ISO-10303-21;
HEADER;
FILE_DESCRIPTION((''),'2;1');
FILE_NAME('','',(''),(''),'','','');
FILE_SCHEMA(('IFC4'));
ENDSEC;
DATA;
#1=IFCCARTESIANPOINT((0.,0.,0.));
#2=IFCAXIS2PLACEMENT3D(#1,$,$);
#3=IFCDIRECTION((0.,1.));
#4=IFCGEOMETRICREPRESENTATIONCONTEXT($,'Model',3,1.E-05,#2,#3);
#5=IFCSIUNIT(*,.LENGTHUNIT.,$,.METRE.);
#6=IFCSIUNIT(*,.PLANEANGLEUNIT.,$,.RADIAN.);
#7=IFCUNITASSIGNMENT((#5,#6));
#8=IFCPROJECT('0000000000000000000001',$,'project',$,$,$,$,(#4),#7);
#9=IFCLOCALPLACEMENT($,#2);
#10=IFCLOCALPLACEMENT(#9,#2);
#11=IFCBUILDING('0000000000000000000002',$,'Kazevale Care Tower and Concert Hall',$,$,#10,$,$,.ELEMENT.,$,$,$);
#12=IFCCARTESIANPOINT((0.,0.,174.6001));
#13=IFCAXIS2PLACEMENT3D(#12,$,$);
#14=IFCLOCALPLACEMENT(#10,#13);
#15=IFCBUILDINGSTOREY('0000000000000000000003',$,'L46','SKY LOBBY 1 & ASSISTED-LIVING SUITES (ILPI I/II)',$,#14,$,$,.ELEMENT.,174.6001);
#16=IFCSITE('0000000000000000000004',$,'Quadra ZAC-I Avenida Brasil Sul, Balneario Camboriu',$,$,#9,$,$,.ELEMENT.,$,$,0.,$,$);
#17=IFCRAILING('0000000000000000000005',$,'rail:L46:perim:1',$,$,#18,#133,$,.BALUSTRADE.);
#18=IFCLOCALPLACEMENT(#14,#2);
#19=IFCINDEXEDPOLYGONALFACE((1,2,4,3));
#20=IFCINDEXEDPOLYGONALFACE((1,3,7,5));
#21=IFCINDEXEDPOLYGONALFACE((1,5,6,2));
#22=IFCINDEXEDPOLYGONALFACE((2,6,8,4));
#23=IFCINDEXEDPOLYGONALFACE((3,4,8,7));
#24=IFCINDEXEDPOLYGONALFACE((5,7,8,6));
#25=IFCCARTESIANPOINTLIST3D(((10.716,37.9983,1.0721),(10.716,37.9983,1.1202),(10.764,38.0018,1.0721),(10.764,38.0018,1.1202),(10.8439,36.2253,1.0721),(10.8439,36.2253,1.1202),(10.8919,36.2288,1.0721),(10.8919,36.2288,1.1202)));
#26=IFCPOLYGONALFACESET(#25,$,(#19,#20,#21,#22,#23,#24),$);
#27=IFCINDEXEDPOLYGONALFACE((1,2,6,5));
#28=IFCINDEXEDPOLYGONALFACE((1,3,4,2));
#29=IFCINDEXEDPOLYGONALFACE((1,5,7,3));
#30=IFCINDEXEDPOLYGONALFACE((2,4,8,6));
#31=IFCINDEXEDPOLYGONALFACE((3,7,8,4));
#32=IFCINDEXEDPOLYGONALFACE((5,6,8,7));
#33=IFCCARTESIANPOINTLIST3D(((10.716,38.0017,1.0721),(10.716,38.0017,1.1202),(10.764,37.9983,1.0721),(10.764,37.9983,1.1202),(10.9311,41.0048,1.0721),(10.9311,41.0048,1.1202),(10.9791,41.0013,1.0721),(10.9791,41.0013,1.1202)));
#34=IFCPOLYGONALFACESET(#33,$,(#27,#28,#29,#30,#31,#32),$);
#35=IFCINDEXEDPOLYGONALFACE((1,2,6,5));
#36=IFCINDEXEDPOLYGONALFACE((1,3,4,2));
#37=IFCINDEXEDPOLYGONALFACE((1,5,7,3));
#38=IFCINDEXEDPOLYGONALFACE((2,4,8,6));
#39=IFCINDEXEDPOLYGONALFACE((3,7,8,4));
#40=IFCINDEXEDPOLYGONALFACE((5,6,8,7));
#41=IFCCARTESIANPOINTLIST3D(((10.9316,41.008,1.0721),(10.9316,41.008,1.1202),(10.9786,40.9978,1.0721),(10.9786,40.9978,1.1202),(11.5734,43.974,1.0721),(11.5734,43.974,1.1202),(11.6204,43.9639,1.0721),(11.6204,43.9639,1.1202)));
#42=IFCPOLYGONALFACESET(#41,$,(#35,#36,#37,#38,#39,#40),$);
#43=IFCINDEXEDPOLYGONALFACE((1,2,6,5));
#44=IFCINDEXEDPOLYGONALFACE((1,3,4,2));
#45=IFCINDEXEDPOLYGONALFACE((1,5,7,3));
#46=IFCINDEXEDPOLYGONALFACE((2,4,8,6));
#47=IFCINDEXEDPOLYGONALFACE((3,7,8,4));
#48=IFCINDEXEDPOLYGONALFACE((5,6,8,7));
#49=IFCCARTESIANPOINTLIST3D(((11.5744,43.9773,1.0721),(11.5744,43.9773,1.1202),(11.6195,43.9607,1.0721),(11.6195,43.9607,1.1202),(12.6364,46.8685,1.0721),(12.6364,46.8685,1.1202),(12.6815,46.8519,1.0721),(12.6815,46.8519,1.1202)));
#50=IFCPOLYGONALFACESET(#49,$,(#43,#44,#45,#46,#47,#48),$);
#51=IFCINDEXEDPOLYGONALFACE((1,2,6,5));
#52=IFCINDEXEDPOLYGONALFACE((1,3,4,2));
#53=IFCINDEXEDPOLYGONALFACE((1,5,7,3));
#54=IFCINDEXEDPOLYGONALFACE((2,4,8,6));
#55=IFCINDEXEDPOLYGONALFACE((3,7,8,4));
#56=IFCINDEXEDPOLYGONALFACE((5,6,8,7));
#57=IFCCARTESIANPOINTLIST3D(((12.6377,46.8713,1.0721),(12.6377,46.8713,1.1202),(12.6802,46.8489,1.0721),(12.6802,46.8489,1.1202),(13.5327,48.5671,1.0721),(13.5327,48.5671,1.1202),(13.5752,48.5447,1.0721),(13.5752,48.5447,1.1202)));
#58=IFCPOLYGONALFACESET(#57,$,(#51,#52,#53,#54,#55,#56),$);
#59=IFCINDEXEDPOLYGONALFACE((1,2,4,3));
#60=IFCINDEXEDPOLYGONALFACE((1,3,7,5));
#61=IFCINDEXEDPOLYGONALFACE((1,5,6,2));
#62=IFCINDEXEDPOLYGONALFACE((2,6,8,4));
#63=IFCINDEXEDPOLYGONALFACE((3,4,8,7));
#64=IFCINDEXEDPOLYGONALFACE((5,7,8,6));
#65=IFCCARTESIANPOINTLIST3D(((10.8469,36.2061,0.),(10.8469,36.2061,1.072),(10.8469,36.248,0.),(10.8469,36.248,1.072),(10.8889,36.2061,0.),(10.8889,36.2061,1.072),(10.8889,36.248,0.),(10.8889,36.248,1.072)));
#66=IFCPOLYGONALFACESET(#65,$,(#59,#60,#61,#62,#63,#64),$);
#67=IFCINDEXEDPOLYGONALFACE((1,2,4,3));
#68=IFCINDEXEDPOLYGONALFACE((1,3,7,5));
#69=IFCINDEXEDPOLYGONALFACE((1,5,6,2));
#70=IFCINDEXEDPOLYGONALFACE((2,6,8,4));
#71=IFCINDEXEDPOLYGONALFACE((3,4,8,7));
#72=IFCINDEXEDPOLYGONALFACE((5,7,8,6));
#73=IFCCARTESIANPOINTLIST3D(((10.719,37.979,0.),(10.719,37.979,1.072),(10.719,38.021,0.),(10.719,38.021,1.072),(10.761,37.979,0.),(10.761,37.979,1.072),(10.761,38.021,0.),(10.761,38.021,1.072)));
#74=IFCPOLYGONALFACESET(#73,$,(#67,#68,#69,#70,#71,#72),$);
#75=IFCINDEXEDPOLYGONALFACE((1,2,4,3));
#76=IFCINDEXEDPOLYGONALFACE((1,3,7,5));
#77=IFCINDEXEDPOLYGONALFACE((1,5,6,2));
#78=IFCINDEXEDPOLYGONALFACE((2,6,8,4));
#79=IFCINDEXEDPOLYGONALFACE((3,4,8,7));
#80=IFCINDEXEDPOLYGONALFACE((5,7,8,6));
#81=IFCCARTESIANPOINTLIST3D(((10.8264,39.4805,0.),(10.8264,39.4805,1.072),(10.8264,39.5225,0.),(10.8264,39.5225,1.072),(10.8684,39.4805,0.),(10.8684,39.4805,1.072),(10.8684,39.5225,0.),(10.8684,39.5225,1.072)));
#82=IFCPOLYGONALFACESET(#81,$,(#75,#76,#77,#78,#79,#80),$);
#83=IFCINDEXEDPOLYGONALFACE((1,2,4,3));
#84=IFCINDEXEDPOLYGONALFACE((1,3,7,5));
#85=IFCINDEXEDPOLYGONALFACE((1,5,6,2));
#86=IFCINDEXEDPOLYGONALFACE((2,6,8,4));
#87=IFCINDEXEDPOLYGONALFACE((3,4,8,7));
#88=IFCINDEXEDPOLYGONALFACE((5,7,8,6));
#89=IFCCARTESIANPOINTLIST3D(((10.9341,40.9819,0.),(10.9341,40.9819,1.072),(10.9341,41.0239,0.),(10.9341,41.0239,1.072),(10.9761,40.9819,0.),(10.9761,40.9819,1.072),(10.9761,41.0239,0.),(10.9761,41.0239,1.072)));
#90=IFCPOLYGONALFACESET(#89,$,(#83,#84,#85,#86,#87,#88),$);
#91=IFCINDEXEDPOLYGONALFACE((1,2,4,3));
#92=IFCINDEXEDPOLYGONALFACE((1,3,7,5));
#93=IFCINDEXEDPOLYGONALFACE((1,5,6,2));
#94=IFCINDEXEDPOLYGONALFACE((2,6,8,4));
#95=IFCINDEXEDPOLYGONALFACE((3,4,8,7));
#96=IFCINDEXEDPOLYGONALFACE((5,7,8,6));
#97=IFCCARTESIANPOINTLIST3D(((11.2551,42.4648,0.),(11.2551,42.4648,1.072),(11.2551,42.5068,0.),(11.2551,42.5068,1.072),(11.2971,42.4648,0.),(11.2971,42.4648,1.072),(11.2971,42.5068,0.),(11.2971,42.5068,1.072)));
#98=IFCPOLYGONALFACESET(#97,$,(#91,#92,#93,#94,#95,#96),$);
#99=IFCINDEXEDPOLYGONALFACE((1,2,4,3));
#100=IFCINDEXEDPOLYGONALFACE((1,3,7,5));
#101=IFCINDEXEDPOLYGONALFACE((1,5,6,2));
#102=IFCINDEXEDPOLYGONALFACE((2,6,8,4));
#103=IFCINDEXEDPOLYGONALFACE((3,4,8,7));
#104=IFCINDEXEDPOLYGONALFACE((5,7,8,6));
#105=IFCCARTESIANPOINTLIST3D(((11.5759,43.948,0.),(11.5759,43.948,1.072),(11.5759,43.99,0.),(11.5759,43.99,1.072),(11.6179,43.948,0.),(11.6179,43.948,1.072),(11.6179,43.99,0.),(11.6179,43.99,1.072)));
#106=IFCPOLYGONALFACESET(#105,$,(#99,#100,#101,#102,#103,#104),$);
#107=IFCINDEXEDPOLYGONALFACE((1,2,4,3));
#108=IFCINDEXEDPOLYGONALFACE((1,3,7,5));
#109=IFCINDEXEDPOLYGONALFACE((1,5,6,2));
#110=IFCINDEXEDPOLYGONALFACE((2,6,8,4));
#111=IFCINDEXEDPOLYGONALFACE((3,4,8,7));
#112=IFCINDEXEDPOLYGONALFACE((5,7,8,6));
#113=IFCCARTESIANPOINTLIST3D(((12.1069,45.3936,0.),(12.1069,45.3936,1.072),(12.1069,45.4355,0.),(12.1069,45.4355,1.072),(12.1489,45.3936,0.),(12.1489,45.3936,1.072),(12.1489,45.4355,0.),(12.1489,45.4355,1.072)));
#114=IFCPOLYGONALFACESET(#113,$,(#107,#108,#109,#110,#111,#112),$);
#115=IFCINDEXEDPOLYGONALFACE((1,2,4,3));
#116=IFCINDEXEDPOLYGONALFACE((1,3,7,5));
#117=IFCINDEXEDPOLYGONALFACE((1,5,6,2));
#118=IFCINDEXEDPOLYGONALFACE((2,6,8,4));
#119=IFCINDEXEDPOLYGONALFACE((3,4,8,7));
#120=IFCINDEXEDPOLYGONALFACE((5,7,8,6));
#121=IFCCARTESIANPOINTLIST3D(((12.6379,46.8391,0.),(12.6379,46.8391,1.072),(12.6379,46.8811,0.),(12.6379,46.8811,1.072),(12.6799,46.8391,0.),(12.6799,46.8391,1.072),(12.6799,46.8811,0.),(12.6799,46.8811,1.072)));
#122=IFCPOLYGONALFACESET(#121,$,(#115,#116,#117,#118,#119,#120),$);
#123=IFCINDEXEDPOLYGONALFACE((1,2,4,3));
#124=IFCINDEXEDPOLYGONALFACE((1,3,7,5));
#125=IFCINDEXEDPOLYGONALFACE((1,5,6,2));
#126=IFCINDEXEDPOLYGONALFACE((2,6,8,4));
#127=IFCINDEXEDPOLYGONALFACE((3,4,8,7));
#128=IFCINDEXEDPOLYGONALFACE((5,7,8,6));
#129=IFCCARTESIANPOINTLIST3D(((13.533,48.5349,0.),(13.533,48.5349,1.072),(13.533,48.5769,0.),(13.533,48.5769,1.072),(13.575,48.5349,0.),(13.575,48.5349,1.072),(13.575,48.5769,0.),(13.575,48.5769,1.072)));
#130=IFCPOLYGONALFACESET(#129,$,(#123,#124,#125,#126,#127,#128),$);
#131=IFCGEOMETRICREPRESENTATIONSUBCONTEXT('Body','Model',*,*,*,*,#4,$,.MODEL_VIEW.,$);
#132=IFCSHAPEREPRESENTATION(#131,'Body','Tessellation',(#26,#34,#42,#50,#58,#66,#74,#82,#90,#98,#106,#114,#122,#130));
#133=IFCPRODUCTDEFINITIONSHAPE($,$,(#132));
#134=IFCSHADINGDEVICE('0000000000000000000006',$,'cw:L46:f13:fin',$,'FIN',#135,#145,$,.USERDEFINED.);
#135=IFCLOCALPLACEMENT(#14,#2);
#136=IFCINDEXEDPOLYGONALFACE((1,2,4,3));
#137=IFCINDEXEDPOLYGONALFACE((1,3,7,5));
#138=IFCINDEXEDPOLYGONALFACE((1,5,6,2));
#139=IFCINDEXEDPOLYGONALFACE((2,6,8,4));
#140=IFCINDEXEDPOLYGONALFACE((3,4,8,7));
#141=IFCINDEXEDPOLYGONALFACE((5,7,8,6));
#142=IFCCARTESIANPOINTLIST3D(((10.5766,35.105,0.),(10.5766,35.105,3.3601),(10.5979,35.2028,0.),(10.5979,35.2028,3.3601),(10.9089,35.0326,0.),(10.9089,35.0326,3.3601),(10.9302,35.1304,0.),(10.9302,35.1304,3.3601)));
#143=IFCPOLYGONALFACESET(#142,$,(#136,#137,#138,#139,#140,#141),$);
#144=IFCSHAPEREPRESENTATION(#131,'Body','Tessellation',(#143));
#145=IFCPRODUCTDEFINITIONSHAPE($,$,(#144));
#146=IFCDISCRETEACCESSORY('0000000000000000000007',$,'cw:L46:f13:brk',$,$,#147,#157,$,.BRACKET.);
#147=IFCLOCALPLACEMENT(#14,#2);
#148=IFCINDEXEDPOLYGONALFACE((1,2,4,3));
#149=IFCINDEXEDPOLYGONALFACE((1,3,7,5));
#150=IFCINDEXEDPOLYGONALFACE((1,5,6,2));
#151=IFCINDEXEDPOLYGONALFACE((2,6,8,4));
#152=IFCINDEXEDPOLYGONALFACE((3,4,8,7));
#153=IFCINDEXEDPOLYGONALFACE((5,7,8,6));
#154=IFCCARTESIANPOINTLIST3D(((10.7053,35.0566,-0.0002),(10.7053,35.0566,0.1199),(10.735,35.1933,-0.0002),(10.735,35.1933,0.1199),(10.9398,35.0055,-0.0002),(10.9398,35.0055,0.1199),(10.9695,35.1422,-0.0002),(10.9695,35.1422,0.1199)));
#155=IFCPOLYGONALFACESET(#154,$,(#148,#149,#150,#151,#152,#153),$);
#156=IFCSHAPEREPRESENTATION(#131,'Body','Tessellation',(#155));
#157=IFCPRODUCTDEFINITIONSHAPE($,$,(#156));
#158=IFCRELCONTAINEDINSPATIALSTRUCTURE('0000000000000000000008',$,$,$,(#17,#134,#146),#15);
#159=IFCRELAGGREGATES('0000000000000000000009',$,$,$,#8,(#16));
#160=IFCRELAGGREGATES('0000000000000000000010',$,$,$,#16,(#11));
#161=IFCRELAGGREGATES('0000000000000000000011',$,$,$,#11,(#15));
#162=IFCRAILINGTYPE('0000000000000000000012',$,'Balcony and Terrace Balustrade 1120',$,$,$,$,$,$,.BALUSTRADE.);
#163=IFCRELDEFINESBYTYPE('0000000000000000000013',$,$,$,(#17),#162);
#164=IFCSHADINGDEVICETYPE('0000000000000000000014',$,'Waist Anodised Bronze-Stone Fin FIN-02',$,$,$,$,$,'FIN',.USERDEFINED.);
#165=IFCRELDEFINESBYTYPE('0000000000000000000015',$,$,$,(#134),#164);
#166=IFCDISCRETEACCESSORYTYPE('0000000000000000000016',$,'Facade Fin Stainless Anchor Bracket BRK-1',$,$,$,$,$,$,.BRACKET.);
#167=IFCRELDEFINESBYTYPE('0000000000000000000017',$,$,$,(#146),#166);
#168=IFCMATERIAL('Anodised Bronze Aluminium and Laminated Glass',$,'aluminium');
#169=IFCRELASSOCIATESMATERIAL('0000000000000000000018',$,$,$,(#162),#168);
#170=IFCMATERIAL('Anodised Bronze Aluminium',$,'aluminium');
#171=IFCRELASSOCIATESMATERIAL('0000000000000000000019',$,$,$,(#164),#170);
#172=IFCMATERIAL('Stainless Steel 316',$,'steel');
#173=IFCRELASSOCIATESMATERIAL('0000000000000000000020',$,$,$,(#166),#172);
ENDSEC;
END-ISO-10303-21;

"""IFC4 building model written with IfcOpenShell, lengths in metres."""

from ifc_helpers import new_model, si_unit, direction, frame, origin, origin_2d, place, context, subcontext, project, spatial, rectangle, extrude, material, type_object, element, save


model = new_model("IFC4")

# Units and contexts
model_context = context("Model", 3, precision=1e-05, world=origin(), true_north=direction((0.0, 1.0)))
body_context = subcontext(model_context, "Body", "Model", "MODEL_VIEW")
ifc_project = project(units=[si_unit("LENGTHUNIT", "METRE"), si_unit("PLANEANGLEUNIT", "RADIAN")], contexts=[model_context])

# Site, building, storey
site_placement = place(None, origin())
site = spatial("IfcSite", under=ifc_project, at=site_placement, Name="Quadra ZAC-I Avenida Brasil Sul, Balneario Camboriu", CompositionType="ELEMENT", RefElevation=0.0)
building_placement = place(site_placement, origin())
building = spatial("IfcBuilding", under=site, at=building_placement, Name="Kazevale Care Tower and Concert Hall", CompositionType="ELEMENT")
storey_placement = place(building_placement, frame((0.0, 0.0, 174.6001)))
storey = spatial("IfcBuildingStorey", under=building, at=storey_placement, Name="L46", Description="SKY LOBBY 1 & ASSISTED-LIVING SUITES (ILPI I/II)", CompositionType="ELEMENT", Elevation=174.6001)

# Railing
ifc_material_1 = material(Name="Anodised Bronze Aluminium and Laminated Glass", Category="aluminium")
railing_type = type_object("IfcRailingType", Name="Balcony and Terrace Balustrade 1120", PredefinedType="BALUSTRADE", material=ifc_material_1)
railing_placement = place(storey_placement, frame((10.8679, 36.2271, 0.0)))
element("IfcRailing", 1, at=railing_placement, inside=storey, type_object=railing_type, Name="rail:L46:perim:1", PredefinedType="BALUSTRADE", context=body_context, shape_type="SweptSolid", body=[
    extrude(rectangle(XDim=0.0481, YDim=0.0481, at=origin_2d()), frame((0.0, 0.0, 1.0962), z_axis=(-0.071969, 0.997407, 0.0), x_axis=(-0.997407, -0.071969, 0.0)), (0.0, 0.0, 1.0), 1.7776),
    extrude(rectangle(XDim=0.0481, YDim=0.0481, at=origin_2d()), frame((-0.1279, 1.7729, 1.0962), z_axis=(0.071443, 0.997445, 0.0), x_axis=(-0.997445, 0.071443, 0.0)), (0.0, 0.0, 1.0), 3.0107),
    extrude(rectangle(XDim=0.0481, YDim=0.0481, at=origin_2d()), frame((0.0872, 4.7759, 1.0962), z_axis=(0.211501, 0.977378, 0.0), x_axis=(-0.977378, 0.211501, 0.0)), (0.0, 0.0, 1.0), 3.0347),
    extrude(rectangle(XDim=0.0481, YDim=0.0481, at=origin_2d()), frame((0.729, 7.7419, 1.0962), z_axis=(0.344809, 0.938673, 0.0), x_axis=(-0.938673, 0.344809, 0.0)), (0.0, 0.0, 1.0), 3.0801),
    extrude(rectangle(XDim=0.0481, YDim=0.0481, at=origin_2d()), frame((1.791, 10.6331, 1.0962), z_axis=(0.466764, 0.884382, 0.0), x_axis=(-0.884382, 0.466764, 0.0)), (0.0, 0.0, 1.0), 1.9175),
    extrude(rectangle(XDim=0.042, YDim=0.042, at=origin_2d()), origin(), (0.0, 0.0, 1.0), 1.072),
    extrude(rectangle(XDim=0.042, YDim=0.042, at=origin_2d()), frame((-0.1279, 1.7729, 0.0)), (0.0, 0.0, 1.0), 1.072),
    extrude(rectangle(XDim=0.042, YDim=0.042, at=origin_2d()), frame((-0.0205, 3.2744, 0.0)), (0.0, 0.0, 1.0), 1.072),
    extrude(rectangle(XDim=0.042, YDim=0.042, at=origin_2d()), frame((0.0872, 4.7759, 0.0)), (0.0, 0.0, 1.0), 1.072),
    extrude(rectangle(XDim=0.042, YDim=0.042, at=origin_2d()), frame((0.4082, 6.2588, 0.0)), (0.0, 0.0, 1.0), 1.072),
    extrude(rectangle(XDim=0.042, YDim=0.042, at=origin_2d()), frame((0.729, 7.7419, 0.0)), (0.0, 0.0, 1.0), 1.072),
    extrude(rectangle(XDim=0.042, YDim=0.042, at=origin_2d()), frame((1.26, 9.1875, 0.0)), (0.0, 0.0, 1.0), 1.072),
    extrude(rectangle(XDim=0.042, YDim=0.042, at=origin_2d()), frame((1.791, 10.6331, 0.0)), (0.0, 0.0, 1.0), 1.072),
    extrude(rectangle(XDim=0.042, YDim=0.042, at=origin_2d()), frame((2.686, 12.3289, 0.0)), (0.0, 0.0, 1.0), 1.072),
])

# Shading device
ifc_material_2 = material(Name="Anodised Bronze Aluminium", Category="aluminium")
shading_device_type = type_object("IfcShadingDeviceType", Name="Waist Anodised Bronze-Stone Fin FIN-02", ElementType="FIN", PredefinedType="USERDEFINED", material=ifc_material_2)
shading_device_placement = place(storey_placement, frame((10.7534, 35.1177, 0.0), z_axis=(0.0, 0.0, 1.0), x_axis=(-0.977083, 0.21286, 0.0)))
element("IfcShadingDevice", 2, at=shading_device_placement, inside=storey, type_object=shading_device_type, Name="cw:L46:f13:fin", ObjectType="FIN", PredefinedType="USERDEFINED", context=body_context, shape_type="SweptSolid", body=[
    extrude(rectangle(XDim=0.3401, YDim=0.1001, at=origin_2d()), origin(), (0.0, 0.0, 1.0), 3.3601),
])

# Discrete accessory
ifc_material_3 = material(Name="Stainless Steel 316", Category="steel")
discrete_accessory_type = type_object("IfcDiscreteAccessoryType", Name="Facade Fin Stainless Anchor Bracket BRK-1", PredefinedType="BRACKET", material=ifc_material_3)
discrete_accessory_placement = place(storey_placement, frame((10.8374, 35.0994, -0.0002), z_axis=(0.0, 0.0, 1.0), x_axis=(-0.977083, 0.21286, 0.0)))
element("IfcDiscreteAccessory", 3, at=discrete_accessory_placement, inside=storey, type_object=discrete_accessory_type, Name="cw:L46:f13:brk", PredefinedType="BRACKET", context=body_context, shape_type="SweptSolid", body=[
    extrude(rectangle(XDim=0.24, YDim=0.1399, at=origin_2d()), origin(), (0.0, 0.0, 1.0), 0.1201),
])

save(model, "model.ifc")
